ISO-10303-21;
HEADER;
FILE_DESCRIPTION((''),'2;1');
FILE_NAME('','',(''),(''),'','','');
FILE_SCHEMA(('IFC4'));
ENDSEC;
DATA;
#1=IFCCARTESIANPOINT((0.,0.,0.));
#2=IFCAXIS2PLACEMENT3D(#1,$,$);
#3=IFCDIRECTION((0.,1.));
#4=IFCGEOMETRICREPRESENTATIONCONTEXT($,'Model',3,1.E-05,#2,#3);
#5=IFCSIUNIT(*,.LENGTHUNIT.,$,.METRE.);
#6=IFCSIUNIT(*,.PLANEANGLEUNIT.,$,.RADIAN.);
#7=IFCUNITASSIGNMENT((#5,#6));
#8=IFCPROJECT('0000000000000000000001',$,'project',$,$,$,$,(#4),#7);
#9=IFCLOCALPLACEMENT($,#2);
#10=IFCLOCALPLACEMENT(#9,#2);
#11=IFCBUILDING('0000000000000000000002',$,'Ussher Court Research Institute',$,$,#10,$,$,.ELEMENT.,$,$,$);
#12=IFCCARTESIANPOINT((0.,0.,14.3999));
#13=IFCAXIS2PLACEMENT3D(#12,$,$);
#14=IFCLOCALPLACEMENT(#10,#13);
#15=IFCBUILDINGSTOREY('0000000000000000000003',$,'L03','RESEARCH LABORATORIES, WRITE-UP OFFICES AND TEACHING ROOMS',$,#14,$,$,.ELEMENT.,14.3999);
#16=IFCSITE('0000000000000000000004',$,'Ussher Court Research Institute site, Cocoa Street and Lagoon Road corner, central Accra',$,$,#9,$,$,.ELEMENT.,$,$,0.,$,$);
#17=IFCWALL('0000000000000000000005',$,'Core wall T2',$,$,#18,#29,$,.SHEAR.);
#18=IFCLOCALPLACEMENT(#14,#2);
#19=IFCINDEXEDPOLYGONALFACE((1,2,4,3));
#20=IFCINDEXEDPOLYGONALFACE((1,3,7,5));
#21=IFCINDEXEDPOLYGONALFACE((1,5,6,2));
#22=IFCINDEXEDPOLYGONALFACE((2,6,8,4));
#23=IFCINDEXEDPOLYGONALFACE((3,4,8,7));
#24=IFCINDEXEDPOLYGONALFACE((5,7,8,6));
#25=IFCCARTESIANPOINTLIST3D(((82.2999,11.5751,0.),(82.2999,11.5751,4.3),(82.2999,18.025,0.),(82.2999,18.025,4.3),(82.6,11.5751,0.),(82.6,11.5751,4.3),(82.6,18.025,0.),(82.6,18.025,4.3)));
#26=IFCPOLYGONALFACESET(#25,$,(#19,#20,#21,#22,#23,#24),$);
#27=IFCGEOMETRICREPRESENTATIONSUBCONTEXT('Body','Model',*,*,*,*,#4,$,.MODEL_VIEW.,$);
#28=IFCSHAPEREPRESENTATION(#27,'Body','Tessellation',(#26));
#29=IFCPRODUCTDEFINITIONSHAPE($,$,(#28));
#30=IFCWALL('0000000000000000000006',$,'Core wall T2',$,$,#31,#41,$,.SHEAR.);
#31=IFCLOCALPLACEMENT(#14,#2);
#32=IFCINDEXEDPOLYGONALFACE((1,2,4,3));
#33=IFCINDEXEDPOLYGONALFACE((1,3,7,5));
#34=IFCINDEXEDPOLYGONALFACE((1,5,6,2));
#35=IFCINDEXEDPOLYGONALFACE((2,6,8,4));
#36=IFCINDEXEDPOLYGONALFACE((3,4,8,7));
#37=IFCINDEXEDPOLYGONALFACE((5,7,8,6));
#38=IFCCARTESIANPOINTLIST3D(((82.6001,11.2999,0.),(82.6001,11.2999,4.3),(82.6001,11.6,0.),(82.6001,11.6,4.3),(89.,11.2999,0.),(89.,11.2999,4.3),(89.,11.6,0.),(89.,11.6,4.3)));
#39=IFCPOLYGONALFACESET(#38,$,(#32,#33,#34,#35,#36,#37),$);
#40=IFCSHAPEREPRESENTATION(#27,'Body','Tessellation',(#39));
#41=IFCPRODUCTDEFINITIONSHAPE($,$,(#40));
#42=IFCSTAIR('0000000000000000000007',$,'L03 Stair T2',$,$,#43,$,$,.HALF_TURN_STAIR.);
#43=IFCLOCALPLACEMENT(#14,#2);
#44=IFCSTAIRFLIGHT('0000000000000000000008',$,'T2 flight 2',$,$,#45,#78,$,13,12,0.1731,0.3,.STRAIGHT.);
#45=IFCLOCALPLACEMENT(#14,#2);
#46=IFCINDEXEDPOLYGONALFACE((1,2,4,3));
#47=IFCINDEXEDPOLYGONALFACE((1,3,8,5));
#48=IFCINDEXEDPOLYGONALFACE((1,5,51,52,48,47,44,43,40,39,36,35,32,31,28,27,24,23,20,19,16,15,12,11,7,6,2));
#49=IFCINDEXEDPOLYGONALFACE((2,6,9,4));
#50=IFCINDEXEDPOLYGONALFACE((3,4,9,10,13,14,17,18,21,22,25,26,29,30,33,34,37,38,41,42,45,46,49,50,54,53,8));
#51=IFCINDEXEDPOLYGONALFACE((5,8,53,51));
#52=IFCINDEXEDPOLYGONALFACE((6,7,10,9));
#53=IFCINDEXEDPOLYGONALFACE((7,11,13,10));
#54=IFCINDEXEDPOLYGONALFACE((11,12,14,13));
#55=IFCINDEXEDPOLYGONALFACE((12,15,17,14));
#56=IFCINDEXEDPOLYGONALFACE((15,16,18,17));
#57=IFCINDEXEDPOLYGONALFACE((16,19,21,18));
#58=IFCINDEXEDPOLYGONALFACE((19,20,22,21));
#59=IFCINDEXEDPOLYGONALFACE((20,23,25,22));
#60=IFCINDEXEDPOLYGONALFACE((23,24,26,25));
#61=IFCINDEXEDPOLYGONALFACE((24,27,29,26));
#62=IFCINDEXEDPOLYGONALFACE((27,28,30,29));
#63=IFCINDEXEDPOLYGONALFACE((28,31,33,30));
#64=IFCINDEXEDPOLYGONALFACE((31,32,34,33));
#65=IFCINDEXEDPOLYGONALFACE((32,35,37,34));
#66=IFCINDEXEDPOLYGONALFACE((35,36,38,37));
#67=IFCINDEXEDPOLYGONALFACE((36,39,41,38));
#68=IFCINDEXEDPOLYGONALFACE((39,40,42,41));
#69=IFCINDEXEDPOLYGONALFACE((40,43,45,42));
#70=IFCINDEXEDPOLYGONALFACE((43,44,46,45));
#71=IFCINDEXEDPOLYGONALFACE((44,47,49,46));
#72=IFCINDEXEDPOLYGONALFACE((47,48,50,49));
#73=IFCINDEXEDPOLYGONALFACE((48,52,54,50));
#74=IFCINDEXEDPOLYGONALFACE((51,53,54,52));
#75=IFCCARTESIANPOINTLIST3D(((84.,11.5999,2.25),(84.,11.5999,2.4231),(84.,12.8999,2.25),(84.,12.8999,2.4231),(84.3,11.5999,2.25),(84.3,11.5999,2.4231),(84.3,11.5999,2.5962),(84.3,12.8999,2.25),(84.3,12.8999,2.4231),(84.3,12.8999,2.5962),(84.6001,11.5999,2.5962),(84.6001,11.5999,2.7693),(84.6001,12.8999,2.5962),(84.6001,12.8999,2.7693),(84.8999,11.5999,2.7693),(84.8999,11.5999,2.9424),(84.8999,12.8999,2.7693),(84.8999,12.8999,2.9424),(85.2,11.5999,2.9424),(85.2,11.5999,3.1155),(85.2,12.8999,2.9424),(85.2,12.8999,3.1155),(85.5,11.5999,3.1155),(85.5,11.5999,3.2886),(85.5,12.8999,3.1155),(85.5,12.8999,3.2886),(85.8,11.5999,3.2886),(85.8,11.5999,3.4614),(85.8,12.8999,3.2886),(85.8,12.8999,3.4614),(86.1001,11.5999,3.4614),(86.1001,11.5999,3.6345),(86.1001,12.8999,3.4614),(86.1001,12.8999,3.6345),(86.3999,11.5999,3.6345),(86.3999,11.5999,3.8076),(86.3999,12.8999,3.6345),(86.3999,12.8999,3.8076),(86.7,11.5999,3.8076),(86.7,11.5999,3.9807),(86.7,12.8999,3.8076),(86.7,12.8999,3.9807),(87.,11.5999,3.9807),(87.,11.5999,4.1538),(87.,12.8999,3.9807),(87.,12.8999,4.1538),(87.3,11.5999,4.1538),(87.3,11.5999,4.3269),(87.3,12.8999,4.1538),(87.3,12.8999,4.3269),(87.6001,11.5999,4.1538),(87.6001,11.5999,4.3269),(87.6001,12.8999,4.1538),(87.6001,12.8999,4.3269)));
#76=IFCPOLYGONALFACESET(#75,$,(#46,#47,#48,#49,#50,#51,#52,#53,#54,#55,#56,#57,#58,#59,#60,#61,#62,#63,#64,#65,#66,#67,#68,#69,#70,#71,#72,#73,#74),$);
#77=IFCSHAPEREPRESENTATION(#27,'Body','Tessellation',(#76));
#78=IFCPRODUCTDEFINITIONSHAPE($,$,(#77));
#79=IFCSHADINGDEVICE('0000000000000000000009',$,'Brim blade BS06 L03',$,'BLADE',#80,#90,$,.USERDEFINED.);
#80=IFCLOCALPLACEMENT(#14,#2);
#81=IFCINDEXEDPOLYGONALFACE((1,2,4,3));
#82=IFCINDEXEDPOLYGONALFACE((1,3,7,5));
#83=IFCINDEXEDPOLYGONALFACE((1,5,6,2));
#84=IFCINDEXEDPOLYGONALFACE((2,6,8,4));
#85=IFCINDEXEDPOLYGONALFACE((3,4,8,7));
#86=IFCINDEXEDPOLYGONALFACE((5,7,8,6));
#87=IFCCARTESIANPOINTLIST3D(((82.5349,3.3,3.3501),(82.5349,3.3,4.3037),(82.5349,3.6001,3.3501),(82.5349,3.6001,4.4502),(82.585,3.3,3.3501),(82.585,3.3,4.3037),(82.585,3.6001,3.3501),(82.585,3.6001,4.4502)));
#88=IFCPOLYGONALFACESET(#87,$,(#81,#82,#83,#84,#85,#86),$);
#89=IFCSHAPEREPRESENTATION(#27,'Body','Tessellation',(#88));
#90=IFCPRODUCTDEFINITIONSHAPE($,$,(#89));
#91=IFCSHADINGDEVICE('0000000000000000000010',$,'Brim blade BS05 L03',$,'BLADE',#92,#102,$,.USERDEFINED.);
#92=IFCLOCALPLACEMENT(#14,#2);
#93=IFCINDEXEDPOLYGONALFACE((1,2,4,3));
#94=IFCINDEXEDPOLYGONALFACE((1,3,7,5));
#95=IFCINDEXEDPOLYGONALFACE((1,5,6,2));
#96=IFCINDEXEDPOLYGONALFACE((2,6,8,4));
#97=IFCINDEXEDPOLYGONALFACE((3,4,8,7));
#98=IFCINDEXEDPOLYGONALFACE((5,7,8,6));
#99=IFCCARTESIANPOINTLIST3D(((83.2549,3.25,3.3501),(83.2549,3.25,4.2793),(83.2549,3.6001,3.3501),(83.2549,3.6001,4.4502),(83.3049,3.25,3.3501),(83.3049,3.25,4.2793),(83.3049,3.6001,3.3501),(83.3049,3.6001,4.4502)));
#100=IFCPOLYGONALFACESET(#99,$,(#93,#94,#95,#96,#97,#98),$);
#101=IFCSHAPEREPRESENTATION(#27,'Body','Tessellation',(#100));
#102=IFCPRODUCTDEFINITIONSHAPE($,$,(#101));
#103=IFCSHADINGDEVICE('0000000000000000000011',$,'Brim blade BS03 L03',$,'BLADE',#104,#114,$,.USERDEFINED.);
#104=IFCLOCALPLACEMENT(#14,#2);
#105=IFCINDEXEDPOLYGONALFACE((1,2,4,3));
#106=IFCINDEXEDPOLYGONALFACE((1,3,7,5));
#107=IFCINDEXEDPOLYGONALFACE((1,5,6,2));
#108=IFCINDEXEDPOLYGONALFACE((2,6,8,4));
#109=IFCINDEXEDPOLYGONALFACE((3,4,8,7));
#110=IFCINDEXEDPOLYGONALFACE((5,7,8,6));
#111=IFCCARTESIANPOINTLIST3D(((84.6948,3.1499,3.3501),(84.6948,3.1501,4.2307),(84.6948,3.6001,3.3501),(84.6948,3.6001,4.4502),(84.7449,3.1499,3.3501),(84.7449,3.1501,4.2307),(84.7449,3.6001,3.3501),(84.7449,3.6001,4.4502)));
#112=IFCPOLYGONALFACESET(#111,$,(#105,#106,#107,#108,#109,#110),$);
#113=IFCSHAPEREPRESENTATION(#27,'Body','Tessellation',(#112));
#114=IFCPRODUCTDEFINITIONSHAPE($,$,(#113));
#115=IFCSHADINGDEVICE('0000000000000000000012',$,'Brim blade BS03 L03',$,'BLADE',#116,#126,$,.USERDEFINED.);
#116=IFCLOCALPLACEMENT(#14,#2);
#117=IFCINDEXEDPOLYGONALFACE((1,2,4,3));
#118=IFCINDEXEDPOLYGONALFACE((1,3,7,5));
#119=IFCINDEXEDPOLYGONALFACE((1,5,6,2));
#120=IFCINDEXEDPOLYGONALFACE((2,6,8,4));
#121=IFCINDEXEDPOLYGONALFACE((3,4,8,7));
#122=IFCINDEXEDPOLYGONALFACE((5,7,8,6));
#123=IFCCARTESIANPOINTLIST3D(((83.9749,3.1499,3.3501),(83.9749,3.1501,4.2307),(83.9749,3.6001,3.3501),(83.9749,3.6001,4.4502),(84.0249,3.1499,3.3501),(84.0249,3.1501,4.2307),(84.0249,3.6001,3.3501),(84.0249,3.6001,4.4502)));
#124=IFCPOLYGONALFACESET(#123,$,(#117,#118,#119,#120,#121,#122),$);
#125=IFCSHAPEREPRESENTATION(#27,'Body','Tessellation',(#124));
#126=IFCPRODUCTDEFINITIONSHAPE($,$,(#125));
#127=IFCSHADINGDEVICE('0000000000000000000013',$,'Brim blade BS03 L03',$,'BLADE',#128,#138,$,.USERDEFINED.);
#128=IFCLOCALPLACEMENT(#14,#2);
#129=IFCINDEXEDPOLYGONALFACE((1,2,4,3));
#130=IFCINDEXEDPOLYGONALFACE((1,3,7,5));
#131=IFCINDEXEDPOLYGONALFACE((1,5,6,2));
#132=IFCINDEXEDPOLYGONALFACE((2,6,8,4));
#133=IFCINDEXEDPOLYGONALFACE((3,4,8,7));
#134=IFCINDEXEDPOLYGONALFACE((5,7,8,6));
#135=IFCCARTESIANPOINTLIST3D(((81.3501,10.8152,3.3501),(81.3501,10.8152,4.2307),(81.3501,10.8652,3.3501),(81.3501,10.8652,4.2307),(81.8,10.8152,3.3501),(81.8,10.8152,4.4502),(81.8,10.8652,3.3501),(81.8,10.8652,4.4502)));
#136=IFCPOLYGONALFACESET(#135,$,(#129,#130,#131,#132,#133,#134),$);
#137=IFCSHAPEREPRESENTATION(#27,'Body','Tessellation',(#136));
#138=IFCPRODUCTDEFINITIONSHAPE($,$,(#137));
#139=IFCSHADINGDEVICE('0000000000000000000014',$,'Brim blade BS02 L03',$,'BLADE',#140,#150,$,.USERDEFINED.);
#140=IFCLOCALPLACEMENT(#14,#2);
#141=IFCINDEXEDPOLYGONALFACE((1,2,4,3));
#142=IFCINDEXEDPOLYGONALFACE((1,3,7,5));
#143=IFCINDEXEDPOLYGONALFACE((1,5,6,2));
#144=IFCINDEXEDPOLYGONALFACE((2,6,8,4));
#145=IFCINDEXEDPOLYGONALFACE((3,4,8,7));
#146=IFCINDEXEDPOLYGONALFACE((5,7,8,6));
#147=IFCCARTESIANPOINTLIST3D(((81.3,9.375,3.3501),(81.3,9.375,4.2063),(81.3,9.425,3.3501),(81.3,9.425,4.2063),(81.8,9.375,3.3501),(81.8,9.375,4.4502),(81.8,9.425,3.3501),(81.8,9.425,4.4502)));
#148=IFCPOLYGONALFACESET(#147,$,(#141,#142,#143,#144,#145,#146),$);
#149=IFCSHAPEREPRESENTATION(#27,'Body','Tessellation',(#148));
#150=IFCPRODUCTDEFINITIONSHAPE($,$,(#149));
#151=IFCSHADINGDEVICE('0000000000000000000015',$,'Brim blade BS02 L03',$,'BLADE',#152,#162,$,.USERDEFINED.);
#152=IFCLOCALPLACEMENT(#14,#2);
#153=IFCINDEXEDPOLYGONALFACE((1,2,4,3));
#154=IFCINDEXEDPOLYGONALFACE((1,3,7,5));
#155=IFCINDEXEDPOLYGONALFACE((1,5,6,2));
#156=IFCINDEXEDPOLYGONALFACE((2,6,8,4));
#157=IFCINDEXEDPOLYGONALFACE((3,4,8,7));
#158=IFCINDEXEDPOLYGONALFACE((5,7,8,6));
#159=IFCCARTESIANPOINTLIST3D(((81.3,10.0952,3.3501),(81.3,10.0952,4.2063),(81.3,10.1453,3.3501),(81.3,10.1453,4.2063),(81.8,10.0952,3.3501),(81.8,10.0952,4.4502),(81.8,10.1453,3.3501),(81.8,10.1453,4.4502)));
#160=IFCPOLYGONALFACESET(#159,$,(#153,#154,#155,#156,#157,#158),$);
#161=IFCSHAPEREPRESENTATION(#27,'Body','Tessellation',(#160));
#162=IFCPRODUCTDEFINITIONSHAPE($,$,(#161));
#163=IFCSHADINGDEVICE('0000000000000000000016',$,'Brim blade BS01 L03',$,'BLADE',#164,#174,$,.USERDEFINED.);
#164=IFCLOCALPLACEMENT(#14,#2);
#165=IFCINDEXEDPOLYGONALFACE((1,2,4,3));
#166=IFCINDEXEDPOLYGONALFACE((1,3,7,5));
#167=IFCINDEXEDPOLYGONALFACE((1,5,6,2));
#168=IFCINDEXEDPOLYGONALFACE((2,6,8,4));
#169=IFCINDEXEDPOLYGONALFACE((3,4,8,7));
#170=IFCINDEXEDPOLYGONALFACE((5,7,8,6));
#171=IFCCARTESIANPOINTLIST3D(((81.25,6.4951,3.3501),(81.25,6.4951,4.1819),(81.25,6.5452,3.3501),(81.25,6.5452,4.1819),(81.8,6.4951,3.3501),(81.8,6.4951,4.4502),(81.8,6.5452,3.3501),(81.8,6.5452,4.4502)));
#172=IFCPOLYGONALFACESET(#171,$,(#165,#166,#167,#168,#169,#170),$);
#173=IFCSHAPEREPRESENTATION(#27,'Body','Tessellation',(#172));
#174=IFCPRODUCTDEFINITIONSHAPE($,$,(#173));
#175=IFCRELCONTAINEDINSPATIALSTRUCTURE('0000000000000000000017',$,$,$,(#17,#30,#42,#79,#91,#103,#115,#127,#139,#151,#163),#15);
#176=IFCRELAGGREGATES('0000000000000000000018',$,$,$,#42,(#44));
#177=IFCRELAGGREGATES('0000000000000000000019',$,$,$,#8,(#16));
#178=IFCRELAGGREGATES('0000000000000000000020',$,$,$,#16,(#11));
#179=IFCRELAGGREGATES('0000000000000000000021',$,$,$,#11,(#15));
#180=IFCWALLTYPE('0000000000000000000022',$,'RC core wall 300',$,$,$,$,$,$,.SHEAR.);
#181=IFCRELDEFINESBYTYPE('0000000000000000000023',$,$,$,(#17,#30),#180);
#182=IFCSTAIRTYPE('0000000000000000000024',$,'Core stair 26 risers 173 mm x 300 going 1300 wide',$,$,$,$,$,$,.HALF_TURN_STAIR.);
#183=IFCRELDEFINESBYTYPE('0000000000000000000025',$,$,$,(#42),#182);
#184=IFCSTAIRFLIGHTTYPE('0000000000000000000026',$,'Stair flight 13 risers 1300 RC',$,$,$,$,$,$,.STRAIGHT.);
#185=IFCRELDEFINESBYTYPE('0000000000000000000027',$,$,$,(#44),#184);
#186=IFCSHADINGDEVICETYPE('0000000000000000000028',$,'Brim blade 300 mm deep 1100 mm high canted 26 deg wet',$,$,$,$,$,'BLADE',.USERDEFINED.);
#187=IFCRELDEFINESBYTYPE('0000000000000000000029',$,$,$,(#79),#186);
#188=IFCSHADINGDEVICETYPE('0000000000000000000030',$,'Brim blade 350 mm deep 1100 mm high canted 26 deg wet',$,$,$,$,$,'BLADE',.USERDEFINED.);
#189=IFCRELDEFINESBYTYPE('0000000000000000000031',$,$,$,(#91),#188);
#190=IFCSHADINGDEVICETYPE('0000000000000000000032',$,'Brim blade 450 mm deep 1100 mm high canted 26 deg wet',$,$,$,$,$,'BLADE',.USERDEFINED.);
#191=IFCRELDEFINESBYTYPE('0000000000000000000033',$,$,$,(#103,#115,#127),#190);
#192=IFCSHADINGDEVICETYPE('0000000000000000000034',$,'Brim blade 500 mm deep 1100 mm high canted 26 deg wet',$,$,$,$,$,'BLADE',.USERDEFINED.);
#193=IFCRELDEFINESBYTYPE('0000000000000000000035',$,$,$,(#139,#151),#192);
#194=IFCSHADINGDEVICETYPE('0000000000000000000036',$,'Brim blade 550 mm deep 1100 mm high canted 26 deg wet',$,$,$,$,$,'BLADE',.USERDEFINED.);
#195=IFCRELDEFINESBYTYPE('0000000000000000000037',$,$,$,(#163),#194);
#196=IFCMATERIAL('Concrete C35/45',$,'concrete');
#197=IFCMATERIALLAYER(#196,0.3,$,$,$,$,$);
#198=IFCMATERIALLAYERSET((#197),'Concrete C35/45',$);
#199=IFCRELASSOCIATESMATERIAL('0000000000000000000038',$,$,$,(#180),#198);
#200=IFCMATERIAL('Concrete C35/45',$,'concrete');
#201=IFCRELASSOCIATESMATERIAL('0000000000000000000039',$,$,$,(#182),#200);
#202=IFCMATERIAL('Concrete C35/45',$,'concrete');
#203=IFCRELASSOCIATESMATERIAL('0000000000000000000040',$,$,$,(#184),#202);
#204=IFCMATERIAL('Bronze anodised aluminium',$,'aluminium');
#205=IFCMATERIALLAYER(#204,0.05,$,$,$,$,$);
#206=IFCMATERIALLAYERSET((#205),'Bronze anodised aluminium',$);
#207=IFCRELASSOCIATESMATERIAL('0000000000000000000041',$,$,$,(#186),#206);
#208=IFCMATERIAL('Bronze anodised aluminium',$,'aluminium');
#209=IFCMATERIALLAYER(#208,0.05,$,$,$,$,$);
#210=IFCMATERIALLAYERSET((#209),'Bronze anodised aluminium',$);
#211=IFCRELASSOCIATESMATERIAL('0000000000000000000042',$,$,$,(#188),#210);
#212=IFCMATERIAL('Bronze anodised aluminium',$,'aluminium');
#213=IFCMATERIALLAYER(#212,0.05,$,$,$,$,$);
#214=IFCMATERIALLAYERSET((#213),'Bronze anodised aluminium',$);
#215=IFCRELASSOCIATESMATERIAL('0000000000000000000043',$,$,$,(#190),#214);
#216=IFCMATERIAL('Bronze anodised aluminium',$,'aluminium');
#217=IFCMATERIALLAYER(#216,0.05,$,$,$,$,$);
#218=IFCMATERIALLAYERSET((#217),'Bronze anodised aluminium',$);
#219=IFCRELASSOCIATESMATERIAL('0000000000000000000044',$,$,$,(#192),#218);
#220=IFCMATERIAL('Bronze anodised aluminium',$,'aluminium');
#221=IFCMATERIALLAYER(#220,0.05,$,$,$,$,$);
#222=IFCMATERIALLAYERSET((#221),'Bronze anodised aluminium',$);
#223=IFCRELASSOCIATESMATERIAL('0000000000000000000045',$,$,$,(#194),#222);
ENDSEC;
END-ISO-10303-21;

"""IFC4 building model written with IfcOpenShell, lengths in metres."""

from ifc_helpers import new_model, si_unit, direction, frame, frame_2d, origin, place, context, subcontext, project, spatial, polyline, rectangle, outline, extrude, material, layer, layer_set, type_object, element, aggregate, save


model = new_model("IFC4")

# Units and contexts
model_context = context("Model", 3, precision=1e-05, world=origin(), true_north=direction((0.0, 1.0)))
body_context = subcontext(model_context, "Body", "Model", "MODEL_VIEW")
ifc_project = project(units=[si_unit("LENGTHUNIT", "METRE"), si_unit("PLANEANGLEUNIT", "RADIAN")], contexts=[model_context])

# Site, building, storey
site_placement = place(None, origin())
site = spatial("IfcSite", under=ifc_project, at=site_placement, Name="Ussher Court Research Institute site, Cocoa Street and Lagoon Road corner, central Accra", CompositionType="ELEMENT", RefElevation=0.0)
building_placement = place(site_placement, origin())
building = spatial("IfcBuilding", under=site, at=building_placement, Name="Ussher Court Research Institute", CompositionType="ELEMENT")
storey_placement = place(building_placement, frame((0.0, 0.0, 14.3999)))
storey = spatial("IfcBuildingStorey", under=building, at=storey_placement, Name="L03", Description="RESEARCH LABORATORIES, WRITE-UP OFFICES AND TEACHING ROOMS", CompositionType="ELEMENT", Elevation=14.3999)

# Walls
ifc_material_1 = material(Name="Concrete C35/45", Category="concrete")
ifc_layer_1 = layer(ifc_material_1, 0.3)
ifc_layer_set_1 = layer_set([ifc_layer_1], Name="Concrete C35/45")
wall_type_1 = type_object("IfcWallType", Name="RC core wall 300", PredefinedType="SHEAR", material=ifc_layer_set_1)
wall_1_placement = place(storey_placement, frame((82.45, 11.575, 0.0), z_axis=(0.0, 0.0, 1.0), x_axis=(0.0, 1.0, 0.0)))
element("IfcWall", 1, at=wall_1_placement, inside=storey, type_object=wall_type_1, Name="Core wall T2", PredefinedType="SHEAR", context=body_context, shape_type="SweptSolid", body=[
    extrude(rectangle(XDim=6.45, YDim=0.3, at=frame_2d((3.2251, 0.0))), origin(), (0.0, 0.0, 1.0), 4.3),
])
wall_2_placement = place(storey_placement, frame((82.6001, 11.45, 0.0), z_axis=(0.0, 0.0, 1.0), x_axis=(1.0, 0.0, 0.0)))
element("IfcWall", 2, at=wall_2_placement, inside=storey, type_object=wall_type_1, Name="Core wall T2", PredefinedType="SHEAR", context=body_context, shape_type="SweptSolid", body=[
    extrude(rectangle(XDim=6.3999, YDim=0.3, at=frame_2d((3.2, 0.0))), origin(), (0.0, 0.0, 1.0), 4.3),
])

# Stair, stair flight
ifc_material_2 = material(Name="Concrete C35/45", Category="concrete")
stair_type = type_object("IfcStairType", Name="Core stair 26 risers 173 mm x 300 going 1300 wide", PredefinedType="HALF_TURN_STAIR", material=ifc_material_2)
stair_placement = place(storey_placement, origin())
stair = element("IfcStair", 3, at=stair_placement, inside=storey, type_object=stair_type, Name="L03 Stair T2", PredefinedType="HALF_TURN_STAIR")
ifc_material_3 = material(Name="Concrete C35/45", Category="concrete")
stair_flight_type = type_object("IfcStairFlightType", Name="Stair flight 13 risers 1300 RC", PredefinedType="STRAIGHT", material=ifc_material_3)
stair_flight_placement = place(storey_placement, frame((84.0, 12.25, 2.25), z_axis=(0.0, 0.0, 1.0), x_axis=(1.0, 0.0, 0.0)))
stair_flight = element("IfcStairFlight", 4, at=stair_flight_placement, type_object=stair_flight_type, Name="T2 flight 2", NumberOfRisers=13, NumberOfTreads=12, PredefinedType="STRAIGHT", RiserHeight=0.1731, TreadLength=0.3, context=body_context, shape_type="SweptSolid", body=[
    extrude(outline(polyline([(0.0, 0.0), (0.0, 0.1731), (0.3, 0.1731), (0.3, 0.3462), (0.6001, 0.3462), (0.6001, 0.5193), (0.8999, 0.5193), (0.8999, 0.6924), (1.2, 0.6924), (1.2, 0.8655), (1.5, 0.8655), (1.5, 1.0386), (1.8, 1.0386), (1.8, 1.2114), (2.1001, 1.2114), (2.1001, 1.3845), (2.3999, 1.3845), (2.3999, 1.5576), (2.7, 1.5576), (2.7, 1.7307), (3.0, 1.7307), (3.0, 1.9038), (3.3, 1.9038), (3.3, 2.0769), (3.6001, 2.0769), (3.6001, 2.25), (3.6001, 1.9038), (0.3, 0.0), (0.0, 0.0)])), frame((0.0, 0.6499, 0.0), z_axis=(0.0, -1.0, 0.0), x_axis=(1.0, 0.0, 0.0)), (0.0, 0.0, 1.0), 1.3),
])
aggregate(stair, [stair_flight])

# Shading devices
ifc_material_4 = material(Name="Bronze anodised aluminium", Category="aluminium")
ifc_layer_2 = layer(ifc_material_4, 0.05)
ifc_layer_set_2 = layer_set([ifc_layer_2], Name="Bronze anodised aluminium")
shading_device_type_1 = type_object("IfcShadingDeviceType", Name="Brim blade 300 mm deep 1100 mm high canted 26 deg wet", ElementType="BLADE", PredefinedType="USERDEFINED", material=ifc_layer_set_2)
shading_device_1_placement = place(storey_placement, frame((82.5601, 3.6001, 3.3501), z_axis=(0.0, 0.0, 1.0), x_axis=(0.0, -1.0, 0.0)))
element("IfcShadingDevice", 5, at=shading_device_1_placement, inside=storey, type_object=shading_device_type_1, Name="Brim blade BS06 L03", ObjectType="BLADE", PredefinedType="USERDEFINED", context=body_context, shape_type="SweptSolid", body=[
    extrude(outline(polyline([(0.0, 0.0), (0.3, 0.0), (0.3, 0.9536), (0.0, 1.1001), (0.0, 0.0)])), frame((0.0, 0.0249, 0.0), z_axis=(0.0, -1.0, 0.0), x_axis=(1.0, 0.0, 0.0)), (0.0, 0.0, 1.0), 0.05),
])
ifc_material_5 = material(Name="Bronze anodised aluminium", Category="aluminium")
ifc_layer_3 = layer(ifc_material_5, 0.05)
ifc_layer_set_3 = layer_set([ifc_layer_3], Name="Bronze anodised aluminium")
shading_device_type_2 = type_object("IfcShadingDeviceType", Name="Brim blade 350 mm deep 1100 mm high canted 26 deg wet", ElementType="BLADE", PredefinedType="USERDEFINED", material=ifc_layer_set_3)
shading_device_2_placement = place(storey_placement, frame((83.28, 3.6001, 3.3501), z_axis=(0.0, 0.0, 1.0), x_axis=(0.0, -1.0, 0.0)))
element("IfcShadingDevice", 6, at=shading_device_2_placement, inside=storey, type_object=shading_device_type_2, Name="Brim blade BS05 L03", ObjectType="BLADE", PredefinedType="USERDEFINED", context=body_context, shape_type="SweptSolid", body=[
    extrude(outline(polyline([(0.0, 0.0), (0.3501, 0.0), (0.3501, 0.9292), (0.0, 1.1001), (0.0, 0.0)])), frame((0.0, 0.0249, 0.0), z_axis=(0.0, -1.0, 0.0), x_axis=(1.0, 0.0, 0.0)), (0.0, 0.0, 1.0), 0.05),
])
ifc_material_6 = material(Name="Bronze anodised aluminium", Category="aluminium")
ifc_layer_4 = layer(ifc_material_6, 0.05)
ifc_layer_set_4 = layer_set([ifc_layer_4], Name="Bronze anodised aluminium")
shading_device_type_3 = type_object("IfcShadingDeviceType", Name="Brim blade 450 mm deep 1100 mm high canted 26 deg wet", ElementType="BLADE", PredefinedType="USERDEFINED", material=ifc_layer_set_4)
for number, where, z_axis, x_axis, name in (
    (7, (84.72, 3.6001, 3.3501), (0.0, 0.0, 1.0), (0.0, -1.0, 0.0), "Brim blade BS03 L03"),
    (8, (84.0, 3.6001, 3.3501), (0.0, 0.0, 1.0), (0.0, -1.0, 0.0), "Brim blade BS03 L03"),
):
    element("IfcShadingDevice", number, at=place(storey_placement, frame(where, z_axis=z_axis, x_axis=x_axis)), inside=storey, type_object=shading_device_type_3, Name=name, ObjectType="BLADE", PredefinedType="USERDEFINED", context=body_context, shape_type="SweptSolid", body=[
        extrude(outline(polyline([(0.0, 0.0), (0.4502, 0.0), (0.45, 0.8806), (0.0, 1.1001), (0.0, 0.0)])), frame((0.0, 0.0249, 0.0), z_axis=(0.0, -1.0, 0.0), x_axis=(1.0, 0.0, 0.0)), (0.0, 0.0, 1.0), 0.05),
    ])
shading_device_3_placement = place(storey_placement, frame((81.8, 10.8401, 3.3501), z_axis=(0.0, 0.0, 1.0), x_axis=(-1.0, 0.0, 0.0)))
element("IfcShadingDevice", 9, at=shading_device_3_placement, inside=storey, type_object=shading_device_type_3, Name="Brim blade BS03 L03", ObjectType="BLADE", PredefinedType="USERDEFINED", context=body_context, shape_type="SweptSolid", body=[
    extrude(outline(polyline([(0.0, 0.0), (0.45, 0.0), (0.45, 0.8806), (0.0, 1.1001), (0.0, 0.0)])), frame((0.0, 0.0249, 0.0), z_axis=(0.0, -1.0, 0.0), x_axis=(1.0, 0.0, 0.0)), (0.0, 0.0, 1.0), 0.05),
])
ifc_material_7 = material(Name="Bronze anodised aluminium", Category="aluminium")
ifc_layer_5 = layer(ifc_material_7, 0.05)
ifc_layer_set_5 = layer_set([ifc_layer_5], Name="Bronze anodised aluminium")
shading_device_type_4 = type_object("IfcShadingDeviceType", Name="Brim blade 500 mm deep 1100 mm high canted 26 deg wet", ElementType="BLADE", PredefinedType="USERDEFINED", material=ifc_layer_set_5)
for number, where, z_axis, x_axis, name in (
    (10, (81.8, 9.3999, 3.3501), (0.0, 0.0, 1.0), (-1.0, 0.0, 0.0), "Brim blade BS02 L03"),
    (11, (81.8, 10.1201, 3.3501), (0.0, 0.0, 1.0), (-1.0, 0.0, 0.0), "Brim blade BS02 L03"),
):
    element("IfcShadingDevice", number, at=place(storey_placement, frame(where, z_axis=z_axis, x_axis=x_axis)), inside=storey, type_object=shading_device_type_4, Name=name, ObjectType="BLADE", PredefinedType="USERDEFINED", context=body_context, shape_type="SweptSolid", body=[
        extrude(outline(polyline([(0.0, 0.0), (0.5, 0.0), (0.5, 0.8562), (0.0, 1.1001), (0.0, 0.0)])), frame((0.0, 0.0249, 0.0), z_axis=(0.0, -1.0, 0.0), x_axis=(1.0, 0.0, 0.0)), (0.0, 0.0, 1.0), 0.05),
    ])
ifc_material_8 = material(Name="Bronze anodised aluminium", Category="aluminium")
ifc_layer_6 = layer(ifc_material_8, 0.05)
ifc_layer_set_6 = layer_set([ifc_layer_6], Name="Bronze anodised aluminium")
shading_device_type_5 = type_object("IfcShadingDeviceType", Name="Brim blade 550 mm deep 1100 mm high canted 26 deg wet", ElementType="BLADE", PredefinedType="USERDEFINED", material=ifc_layer_set_6)
for number, where, z_axis, x_axis, name in (
    (12, (81.8, 6.52, 3.3501), (0.0, 0.0, 1.0), (-1.0, 0.0, 0.0), "Brim blade BS01 L03"),
):
    element("IfcShadingDevice", number, at=place(storey_placement, frame(where, z_axis=z_axis, x_axis=x_axis)), inside=storey, type_object=shading_device_type_5, Name=name, ObjectType="BLADE", PredefinedType="USERDEFINED", context=body_context, shape_type="SweptSolid", body=[
        extrude(outline(polyline([(0.0, 0.0), (0.55, 0.0), (0.55, 0.8318), (0.0, 1.1001), (0.0, 0.0)])), frame((0.0, 0.0249, 0.0), z_axis=(0.0, -1.0, 0.0), x_axis=(1.0, 0.0, 0.0)), (0.0, 0.0, 1.0), 0.05),
    ])

save(model, "model.ifc")
